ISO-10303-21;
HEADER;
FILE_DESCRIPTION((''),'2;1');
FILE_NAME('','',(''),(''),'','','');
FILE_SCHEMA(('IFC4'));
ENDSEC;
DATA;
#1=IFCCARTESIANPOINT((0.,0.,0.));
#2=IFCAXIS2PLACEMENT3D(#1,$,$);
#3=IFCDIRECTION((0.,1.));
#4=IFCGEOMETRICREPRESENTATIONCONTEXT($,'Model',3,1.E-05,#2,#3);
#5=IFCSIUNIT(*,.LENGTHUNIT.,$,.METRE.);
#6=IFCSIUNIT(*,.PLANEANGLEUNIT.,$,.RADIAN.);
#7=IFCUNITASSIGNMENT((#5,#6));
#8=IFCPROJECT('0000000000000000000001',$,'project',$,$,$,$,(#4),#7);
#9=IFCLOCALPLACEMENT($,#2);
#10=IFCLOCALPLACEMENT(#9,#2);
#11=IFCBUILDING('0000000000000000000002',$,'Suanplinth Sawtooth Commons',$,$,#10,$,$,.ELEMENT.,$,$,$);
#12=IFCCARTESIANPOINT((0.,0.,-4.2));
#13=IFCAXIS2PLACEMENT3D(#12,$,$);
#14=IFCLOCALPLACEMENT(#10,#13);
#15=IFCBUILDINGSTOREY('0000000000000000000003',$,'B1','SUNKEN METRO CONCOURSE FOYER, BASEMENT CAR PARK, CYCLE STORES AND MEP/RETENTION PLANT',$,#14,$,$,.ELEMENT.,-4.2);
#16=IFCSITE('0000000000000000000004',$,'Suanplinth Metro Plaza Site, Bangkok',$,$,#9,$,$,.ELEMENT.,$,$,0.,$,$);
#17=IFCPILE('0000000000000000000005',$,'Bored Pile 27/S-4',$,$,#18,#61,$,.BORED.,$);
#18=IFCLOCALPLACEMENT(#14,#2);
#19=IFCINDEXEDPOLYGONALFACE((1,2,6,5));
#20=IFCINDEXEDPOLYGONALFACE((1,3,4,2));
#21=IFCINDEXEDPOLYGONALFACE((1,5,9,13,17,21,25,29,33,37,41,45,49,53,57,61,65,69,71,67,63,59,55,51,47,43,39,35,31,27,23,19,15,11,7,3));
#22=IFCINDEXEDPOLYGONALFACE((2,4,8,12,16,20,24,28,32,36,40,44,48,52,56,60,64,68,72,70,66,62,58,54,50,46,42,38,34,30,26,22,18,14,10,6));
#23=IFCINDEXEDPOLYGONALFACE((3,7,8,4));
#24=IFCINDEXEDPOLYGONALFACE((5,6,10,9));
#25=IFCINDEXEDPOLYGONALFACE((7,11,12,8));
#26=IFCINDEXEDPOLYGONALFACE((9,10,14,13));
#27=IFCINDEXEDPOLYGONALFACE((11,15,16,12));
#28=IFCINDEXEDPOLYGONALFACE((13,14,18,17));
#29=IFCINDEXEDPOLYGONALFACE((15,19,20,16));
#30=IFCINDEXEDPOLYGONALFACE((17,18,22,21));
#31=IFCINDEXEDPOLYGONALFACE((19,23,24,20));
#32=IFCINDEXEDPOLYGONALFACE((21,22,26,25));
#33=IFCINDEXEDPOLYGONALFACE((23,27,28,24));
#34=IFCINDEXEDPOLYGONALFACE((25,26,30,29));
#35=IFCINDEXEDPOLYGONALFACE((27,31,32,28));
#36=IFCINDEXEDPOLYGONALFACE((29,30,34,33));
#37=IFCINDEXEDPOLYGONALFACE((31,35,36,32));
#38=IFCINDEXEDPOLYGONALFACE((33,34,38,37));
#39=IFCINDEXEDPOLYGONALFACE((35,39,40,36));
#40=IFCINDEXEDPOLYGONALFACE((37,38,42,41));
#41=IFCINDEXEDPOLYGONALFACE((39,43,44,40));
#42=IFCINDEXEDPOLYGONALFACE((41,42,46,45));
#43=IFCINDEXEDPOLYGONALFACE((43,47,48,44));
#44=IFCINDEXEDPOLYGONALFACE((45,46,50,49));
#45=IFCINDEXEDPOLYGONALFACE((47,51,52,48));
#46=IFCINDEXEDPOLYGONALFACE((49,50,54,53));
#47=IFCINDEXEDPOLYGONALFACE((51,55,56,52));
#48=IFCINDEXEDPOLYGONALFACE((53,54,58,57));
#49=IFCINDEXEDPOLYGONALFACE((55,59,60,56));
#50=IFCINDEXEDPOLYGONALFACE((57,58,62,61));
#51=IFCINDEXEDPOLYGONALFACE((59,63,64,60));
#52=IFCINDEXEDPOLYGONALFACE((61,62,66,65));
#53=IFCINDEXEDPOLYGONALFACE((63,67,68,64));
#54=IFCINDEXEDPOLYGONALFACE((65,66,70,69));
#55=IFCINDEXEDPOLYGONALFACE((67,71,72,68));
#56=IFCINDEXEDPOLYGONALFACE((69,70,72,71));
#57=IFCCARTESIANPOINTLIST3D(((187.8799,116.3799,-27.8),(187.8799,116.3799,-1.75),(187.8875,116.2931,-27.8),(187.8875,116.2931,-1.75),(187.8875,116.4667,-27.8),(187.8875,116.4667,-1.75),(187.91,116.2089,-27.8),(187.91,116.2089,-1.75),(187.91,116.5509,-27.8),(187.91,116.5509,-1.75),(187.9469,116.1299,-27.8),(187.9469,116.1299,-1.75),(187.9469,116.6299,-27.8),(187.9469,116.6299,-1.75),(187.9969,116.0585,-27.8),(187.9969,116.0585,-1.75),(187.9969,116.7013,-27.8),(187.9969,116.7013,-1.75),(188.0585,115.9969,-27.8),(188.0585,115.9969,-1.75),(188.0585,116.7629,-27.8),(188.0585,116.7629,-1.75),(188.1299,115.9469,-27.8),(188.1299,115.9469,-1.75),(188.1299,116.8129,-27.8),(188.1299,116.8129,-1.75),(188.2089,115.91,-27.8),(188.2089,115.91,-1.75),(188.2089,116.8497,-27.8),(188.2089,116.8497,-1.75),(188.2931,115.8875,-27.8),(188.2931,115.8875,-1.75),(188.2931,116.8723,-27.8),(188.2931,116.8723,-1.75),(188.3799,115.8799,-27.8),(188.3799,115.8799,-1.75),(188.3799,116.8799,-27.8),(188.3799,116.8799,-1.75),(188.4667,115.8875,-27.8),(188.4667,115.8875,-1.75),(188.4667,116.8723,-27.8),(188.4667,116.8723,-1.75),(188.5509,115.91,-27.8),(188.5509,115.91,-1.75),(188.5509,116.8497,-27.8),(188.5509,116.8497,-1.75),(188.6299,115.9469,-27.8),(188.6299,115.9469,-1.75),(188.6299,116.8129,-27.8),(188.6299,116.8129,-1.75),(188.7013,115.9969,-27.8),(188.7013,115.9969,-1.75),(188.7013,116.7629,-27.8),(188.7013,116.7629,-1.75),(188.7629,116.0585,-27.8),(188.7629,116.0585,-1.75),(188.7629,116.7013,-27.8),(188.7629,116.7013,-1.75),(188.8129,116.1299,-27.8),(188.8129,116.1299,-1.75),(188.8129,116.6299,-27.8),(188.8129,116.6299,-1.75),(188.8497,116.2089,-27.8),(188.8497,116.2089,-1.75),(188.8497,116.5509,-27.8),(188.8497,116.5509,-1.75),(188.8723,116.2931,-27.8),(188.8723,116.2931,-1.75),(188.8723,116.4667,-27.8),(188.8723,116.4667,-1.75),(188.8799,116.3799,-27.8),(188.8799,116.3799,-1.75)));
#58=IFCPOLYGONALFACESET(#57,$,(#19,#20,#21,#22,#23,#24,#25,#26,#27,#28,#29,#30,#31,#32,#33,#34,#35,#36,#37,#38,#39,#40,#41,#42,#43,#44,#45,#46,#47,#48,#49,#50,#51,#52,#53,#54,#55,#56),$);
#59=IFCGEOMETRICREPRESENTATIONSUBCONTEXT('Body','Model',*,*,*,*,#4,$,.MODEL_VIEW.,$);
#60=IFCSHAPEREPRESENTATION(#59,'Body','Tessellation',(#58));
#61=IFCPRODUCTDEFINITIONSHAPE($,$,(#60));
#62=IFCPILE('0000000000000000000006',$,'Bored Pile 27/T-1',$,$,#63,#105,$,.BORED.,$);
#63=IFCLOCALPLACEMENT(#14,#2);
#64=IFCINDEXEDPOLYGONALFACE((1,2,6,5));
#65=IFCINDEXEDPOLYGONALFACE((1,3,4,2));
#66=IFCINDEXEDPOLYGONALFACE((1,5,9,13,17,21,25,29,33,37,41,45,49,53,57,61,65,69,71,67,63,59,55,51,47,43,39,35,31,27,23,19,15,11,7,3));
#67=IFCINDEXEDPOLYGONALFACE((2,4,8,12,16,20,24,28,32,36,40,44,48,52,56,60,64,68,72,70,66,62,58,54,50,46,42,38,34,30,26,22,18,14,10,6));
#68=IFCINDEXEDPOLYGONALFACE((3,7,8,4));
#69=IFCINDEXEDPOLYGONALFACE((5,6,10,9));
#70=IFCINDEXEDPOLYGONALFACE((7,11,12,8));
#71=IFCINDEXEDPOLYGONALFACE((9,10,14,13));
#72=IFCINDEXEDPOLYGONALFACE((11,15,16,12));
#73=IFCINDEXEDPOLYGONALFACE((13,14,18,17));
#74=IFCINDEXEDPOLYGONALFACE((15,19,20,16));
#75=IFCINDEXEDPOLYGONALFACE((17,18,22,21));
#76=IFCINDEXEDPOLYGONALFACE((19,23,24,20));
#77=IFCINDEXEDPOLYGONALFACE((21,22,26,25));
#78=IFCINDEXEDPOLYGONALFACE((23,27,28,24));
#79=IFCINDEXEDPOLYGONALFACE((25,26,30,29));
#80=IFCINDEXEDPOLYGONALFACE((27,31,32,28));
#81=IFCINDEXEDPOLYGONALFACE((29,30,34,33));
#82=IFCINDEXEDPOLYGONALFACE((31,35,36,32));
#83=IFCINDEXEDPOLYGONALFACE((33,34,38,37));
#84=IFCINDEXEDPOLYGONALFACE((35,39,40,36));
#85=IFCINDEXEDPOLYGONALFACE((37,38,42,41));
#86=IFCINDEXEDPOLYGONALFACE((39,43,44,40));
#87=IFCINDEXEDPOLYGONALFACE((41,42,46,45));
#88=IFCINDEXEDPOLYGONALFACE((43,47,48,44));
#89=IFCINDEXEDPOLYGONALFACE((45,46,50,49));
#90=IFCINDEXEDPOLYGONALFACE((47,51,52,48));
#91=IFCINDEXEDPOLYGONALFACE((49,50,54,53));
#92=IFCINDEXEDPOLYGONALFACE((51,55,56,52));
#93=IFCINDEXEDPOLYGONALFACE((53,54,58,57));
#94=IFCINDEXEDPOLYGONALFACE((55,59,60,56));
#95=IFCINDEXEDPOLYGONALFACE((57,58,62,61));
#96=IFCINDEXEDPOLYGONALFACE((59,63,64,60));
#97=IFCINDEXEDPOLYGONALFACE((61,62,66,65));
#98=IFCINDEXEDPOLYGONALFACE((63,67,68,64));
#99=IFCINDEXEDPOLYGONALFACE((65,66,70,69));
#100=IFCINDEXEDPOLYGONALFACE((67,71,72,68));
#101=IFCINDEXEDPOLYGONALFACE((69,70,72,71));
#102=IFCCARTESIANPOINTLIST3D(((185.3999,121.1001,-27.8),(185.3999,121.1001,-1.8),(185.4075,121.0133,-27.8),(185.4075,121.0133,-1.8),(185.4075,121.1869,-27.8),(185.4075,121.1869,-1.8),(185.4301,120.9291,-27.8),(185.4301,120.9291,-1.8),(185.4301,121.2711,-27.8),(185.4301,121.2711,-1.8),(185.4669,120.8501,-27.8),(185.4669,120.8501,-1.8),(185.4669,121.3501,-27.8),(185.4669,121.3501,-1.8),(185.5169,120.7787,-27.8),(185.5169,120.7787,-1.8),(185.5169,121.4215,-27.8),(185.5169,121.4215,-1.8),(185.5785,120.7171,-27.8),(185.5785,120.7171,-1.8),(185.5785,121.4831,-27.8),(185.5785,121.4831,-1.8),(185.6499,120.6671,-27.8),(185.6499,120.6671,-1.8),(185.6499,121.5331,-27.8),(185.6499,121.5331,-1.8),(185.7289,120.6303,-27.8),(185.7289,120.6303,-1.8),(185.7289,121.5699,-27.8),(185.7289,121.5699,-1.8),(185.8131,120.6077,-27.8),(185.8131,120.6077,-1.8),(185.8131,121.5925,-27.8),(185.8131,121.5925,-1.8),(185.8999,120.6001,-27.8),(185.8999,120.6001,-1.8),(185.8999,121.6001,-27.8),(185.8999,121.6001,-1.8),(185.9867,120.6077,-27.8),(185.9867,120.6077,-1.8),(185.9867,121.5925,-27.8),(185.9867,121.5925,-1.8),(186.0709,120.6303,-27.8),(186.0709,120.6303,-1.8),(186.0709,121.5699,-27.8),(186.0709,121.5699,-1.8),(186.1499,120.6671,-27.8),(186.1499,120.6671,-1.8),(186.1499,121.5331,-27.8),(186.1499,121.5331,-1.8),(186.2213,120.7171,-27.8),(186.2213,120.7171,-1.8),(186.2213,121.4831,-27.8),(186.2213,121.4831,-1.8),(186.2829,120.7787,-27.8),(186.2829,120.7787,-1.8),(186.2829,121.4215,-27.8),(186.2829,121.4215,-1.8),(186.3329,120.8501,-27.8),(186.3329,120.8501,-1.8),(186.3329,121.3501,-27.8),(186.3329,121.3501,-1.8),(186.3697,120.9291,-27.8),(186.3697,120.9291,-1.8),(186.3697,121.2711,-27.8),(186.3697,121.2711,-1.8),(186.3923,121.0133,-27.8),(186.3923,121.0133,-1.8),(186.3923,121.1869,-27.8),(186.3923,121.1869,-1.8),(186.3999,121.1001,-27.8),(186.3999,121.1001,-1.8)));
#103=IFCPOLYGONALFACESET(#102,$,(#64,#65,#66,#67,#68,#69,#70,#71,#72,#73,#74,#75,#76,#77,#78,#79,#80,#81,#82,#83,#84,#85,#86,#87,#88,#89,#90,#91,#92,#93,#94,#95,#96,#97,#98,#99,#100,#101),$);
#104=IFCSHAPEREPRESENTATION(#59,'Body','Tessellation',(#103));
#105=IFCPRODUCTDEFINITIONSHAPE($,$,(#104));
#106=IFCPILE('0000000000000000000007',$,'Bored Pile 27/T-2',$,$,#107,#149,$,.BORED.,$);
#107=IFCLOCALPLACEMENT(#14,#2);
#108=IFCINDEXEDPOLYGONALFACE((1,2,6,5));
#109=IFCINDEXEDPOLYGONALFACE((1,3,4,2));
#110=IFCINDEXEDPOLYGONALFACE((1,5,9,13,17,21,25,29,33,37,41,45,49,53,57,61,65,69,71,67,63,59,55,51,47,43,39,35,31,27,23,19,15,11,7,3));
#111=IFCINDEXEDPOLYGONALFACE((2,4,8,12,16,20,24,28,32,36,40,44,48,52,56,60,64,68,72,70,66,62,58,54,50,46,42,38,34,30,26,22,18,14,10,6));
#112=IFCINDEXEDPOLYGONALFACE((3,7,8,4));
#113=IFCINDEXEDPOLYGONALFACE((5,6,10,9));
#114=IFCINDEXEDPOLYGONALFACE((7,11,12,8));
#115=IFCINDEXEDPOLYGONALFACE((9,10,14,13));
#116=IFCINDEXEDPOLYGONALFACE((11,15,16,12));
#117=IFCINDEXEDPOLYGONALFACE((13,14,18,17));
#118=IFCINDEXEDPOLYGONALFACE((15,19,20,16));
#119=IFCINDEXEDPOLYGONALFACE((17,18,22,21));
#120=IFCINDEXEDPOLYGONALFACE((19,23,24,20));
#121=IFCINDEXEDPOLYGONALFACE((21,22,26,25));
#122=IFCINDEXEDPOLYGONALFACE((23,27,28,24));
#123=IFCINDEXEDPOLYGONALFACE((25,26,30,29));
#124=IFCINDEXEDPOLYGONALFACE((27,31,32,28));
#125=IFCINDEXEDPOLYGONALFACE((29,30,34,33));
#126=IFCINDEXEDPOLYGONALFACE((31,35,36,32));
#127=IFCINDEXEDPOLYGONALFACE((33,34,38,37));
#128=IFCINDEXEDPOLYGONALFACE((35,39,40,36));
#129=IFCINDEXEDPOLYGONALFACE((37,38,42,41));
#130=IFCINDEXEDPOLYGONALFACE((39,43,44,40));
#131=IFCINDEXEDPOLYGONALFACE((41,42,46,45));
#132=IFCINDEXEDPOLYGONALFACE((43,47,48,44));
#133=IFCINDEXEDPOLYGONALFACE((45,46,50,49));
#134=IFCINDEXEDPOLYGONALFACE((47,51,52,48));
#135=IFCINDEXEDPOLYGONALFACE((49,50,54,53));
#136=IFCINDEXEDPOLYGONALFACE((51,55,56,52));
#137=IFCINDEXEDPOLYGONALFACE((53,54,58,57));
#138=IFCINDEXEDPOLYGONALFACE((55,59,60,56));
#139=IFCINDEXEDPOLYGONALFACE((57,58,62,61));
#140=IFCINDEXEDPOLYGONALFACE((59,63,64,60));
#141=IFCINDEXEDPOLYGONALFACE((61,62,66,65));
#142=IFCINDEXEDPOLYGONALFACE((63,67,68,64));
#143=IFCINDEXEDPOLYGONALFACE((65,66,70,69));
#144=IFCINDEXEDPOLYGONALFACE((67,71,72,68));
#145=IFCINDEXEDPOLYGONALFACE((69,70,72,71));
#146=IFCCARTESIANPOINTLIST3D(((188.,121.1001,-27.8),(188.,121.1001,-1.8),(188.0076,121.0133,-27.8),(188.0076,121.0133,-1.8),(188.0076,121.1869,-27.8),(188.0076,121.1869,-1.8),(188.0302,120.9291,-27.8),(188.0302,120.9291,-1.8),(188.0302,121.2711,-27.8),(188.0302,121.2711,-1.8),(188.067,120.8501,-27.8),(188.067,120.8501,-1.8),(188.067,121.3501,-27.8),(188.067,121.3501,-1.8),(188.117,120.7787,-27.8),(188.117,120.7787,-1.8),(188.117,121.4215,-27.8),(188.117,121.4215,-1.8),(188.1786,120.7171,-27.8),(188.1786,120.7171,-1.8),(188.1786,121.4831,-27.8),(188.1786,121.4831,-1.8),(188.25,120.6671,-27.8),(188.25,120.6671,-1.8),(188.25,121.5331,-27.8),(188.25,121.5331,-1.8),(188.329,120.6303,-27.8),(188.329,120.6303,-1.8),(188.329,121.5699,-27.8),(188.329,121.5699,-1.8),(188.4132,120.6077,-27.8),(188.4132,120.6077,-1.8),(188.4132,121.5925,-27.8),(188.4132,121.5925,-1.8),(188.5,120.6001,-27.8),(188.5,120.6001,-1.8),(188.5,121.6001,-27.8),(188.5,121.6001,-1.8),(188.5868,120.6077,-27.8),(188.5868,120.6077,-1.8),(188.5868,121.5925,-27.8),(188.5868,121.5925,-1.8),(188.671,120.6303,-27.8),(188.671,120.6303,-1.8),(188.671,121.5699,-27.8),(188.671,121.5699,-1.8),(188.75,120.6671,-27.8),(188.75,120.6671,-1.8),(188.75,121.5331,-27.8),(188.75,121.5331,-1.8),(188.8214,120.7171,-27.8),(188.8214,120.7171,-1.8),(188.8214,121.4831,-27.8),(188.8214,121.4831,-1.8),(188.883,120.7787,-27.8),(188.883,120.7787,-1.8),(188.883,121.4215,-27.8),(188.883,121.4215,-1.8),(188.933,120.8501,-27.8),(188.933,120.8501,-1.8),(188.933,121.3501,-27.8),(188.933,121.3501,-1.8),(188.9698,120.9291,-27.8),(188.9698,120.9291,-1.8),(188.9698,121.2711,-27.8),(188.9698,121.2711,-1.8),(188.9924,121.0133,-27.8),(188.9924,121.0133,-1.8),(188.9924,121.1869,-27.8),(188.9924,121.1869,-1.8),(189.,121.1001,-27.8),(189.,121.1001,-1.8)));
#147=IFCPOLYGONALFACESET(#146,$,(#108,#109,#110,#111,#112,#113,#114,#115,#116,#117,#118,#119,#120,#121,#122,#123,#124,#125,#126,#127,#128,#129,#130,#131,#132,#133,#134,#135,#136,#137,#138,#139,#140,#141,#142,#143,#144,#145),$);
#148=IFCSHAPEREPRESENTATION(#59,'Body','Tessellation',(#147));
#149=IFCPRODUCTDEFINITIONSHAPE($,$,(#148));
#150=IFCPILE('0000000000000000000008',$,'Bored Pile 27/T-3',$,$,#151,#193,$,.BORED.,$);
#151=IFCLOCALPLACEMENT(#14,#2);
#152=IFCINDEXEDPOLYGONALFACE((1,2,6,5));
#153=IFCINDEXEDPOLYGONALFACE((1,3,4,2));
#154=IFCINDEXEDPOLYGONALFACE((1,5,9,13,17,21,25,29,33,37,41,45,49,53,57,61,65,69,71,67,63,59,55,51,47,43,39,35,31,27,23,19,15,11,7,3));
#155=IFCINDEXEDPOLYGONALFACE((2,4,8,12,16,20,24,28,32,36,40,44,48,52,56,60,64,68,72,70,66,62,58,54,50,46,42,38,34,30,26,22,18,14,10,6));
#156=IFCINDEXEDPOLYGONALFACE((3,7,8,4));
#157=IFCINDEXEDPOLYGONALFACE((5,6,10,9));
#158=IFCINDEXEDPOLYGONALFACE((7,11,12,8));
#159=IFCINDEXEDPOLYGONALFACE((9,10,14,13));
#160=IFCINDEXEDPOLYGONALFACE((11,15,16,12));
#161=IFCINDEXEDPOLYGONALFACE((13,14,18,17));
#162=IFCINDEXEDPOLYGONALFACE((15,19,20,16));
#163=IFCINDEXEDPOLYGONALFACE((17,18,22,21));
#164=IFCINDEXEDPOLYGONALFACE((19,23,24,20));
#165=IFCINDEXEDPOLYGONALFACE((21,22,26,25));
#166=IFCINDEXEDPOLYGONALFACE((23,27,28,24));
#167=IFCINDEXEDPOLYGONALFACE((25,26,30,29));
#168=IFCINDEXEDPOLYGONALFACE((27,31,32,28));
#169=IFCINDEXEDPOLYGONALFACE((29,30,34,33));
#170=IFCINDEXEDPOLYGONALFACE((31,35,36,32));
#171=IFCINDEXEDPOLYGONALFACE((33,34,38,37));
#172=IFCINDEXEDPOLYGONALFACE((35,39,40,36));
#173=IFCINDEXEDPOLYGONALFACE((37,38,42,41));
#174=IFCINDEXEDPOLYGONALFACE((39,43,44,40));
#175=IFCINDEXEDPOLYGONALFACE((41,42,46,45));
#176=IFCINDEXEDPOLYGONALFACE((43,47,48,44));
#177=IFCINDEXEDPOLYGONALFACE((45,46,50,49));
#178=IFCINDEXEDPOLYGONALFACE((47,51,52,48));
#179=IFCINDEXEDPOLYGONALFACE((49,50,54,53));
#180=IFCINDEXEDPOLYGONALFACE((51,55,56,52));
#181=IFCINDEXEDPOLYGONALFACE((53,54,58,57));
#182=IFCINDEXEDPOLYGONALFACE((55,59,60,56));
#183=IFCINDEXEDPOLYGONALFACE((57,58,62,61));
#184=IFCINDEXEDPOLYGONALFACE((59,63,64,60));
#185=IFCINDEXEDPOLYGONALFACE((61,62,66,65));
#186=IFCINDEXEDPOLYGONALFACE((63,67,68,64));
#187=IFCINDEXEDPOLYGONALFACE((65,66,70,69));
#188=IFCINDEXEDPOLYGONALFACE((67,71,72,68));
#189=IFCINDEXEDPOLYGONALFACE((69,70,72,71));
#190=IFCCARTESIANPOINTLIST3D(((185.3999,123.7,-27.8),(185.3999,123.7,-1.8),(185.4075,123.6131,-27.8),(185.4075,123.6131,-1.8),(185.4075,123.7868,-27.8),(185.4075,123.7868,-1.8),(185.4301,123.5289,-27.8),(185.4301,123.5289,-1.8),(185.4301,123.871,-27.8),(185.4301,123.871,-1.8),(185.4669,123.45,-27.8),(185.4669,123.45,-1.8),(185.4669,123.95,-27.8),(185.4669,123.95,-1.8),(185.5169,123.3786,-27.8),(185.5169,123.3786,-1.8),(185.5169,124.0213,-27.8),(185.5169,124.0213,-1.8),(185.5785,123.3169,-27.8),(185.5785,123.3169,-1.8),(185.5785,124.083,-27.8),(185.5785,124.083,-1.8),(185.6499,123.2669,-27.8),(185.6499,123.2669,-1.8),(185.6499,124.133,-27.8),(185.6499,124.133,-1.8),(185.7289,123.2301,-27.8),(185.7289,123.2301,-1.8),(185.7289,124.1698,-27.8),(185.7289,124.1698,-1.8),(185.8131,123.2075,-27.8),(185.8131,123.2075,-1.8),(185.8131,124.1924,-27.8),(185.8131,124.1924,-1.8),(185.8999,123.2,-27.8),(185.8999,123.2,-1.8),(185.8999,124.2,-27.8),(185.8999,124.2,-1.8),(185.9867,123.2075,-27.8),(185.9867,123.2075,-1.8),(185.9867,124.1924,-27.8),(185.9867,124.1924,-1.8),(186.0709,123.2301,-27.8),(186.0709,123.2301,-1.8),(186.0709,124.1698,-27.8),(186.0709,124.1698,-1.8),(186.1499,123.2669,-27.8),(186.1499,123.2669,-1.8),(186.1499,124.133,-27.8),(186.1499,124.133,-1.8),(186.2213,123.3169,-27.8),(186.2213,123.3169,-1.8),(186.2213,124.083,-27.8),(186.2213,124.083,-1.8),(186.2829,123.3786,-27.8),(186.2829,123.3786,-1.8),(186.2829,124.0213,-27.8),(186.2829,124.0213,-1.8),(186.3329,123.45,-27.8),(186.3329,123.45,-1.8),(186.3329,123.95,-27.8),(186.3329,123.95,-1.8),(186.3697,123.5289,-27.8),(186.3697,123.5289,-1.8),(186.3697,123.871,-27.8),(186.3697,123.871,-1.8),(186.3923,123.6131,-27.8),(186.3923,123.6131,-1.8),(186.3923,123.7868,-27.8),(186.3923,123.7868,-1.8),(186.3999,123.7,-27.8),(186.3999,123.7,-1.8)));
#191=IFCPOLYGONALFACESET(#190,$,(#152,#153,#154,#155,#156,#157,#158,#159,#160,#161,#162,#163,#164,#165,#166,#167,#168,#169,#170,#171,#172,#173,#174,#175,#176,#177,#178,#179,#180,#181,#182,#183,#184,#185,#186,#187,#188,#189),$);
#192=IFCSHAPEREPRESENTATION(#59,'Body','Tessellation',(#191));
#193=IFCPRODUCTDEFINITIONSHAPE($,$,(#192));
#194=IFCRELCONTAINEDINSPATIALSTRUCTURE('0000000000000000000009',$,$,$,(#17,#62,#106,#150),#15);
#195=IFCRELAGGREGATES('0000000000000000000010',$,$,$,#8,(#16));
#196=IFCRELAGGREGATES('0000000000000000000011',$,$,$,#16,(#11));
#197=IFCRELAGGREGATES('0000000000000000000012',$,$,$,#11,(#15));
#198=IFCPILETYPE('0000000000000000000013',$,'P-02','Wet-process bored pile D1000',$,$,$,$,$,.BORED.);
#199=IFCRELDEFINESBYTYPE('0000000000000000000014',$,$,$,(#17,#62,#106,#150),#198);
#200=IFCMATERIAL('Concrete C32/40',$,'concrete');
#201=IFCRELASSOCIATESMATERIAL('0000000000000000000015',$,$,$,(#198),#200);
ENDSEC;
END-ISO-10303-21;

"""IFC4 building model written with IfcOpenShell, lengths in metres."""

from ifc_helpers import new_model, si_unit, direction, frame, origin, origin_2d, place, context, subcontext, project, spatial, circle, extrude, material, material_profile, profile_set, type_object, element, save


model = new_model("IFC4")

# Units and contexts
model_context = context("Model", 3, precision=1e-05, world=origin(), true_north=direction((0.0, 1.0)))
body_context = subcontext(model_context, "Body", "Model", "MODEL_VIEW")
ifc_project = project(units=[si_unit("LENGTHUNIT", "METRE"), si_unit("PLANEANGLEUNIT", "RADIAN")], contexts=[model_context])

# Site, building, storey
site_placement = place(None, origin())
site = spatial("IfcSite", under=ifc_project, at=site_placement, Name="Suanplinth Metro Plaza Site, Bangkok", CompositionType="ELEMENT", RefElevation=0.0)
building_placement = place(site_placement, origin())
building = spatial("IfcBuilding", under=site, at=building_placement, Name="Suanplinth Sawtooth Commons", CompositionType="ELEMENT")
storey_placement = place(building_placement, frame((0.0, 0.0, -4.2)))
storey = spatial("IfcBuildingStorey", under=building, at=storey_placement, Name="B1", Description="SUNKEN METRO CONCOURSE FOYER, BASEMENT CAR PARK, CYCLE STORES AND MEP/RETENTION PLANT", CompositionType="ELEMENT", Elevation=-4.2)

# Piles
ifc_material_1 = material(Name="Concrete C32/40", Category="concrete")
ifc_material_profile_1 = material_profile(ifc_material_1, circle(Radius=0.5, at=origin_2d()), Name="PILE D1000")
ifc_profile_set_1 = profile_set([ifc_material_profile_1], Name="Concrete C32/40")
pile_type = type_object("IfcPileType", Name="P-02", Description="Wet-process bored pile D1000", PredefinedType="BORED", material=ifc_profile_set_1)
for number, where, z_axis, x_axis, name in (
    (1, (188.3799, 116.3799, -1.75), (0.0, 0.0, -1.0), (1.0, 0.0, 0.0), "Bored Pile 27/S-4"),
):
    element("IfcPile", number, at=place(storey_placement, frame(where, z_axis=z_axis, x_axis=x_axis)), inside=storey, type_object=pile_type, Name=name, PredefinedType="BORED", context=body_context, shape_type="SweptSolid", body=[
        extrude(circle(Radius=0.5, at=origin_2d()), origin(), (0.0, 0.0, 1.0), 26.05),
    ])
for number, where, z_axis, x_axis, name in (
    (2, (185.8999, 121.1001, -1.8), (0.0, 0.0, -1.0), (1.0, 0.0, 0.0), "Bored Pile 27/T-1"),
    (3, (188.5, 121.1001, -1.8), (0.0, 0.0, -1.0), (1.0, 0.0, 0.0), "Bored Pile 27/T-2"),
    (4, (185.8999, 123.7, -1.8), (0.0, 0.0, -1.0), (1.0, 0.0, 0.0), "Bored Pile 27/T-3"),
):
    element("IfcPile", number, at=place(storey_placement, frame(where, z_axis=z_axis, x_axis=x_axis)), inside=storey, type_object=pile_type, Name=name, PredefinedType="BORED", context=body_context, shape_type="SweptSolid", body=[
        extrude(circle(Radius=0.5, at=origin_2d()), origin(), (0.0, 0.0, 1.0), 26.0),
    ])

save(model, "model.ifc")
